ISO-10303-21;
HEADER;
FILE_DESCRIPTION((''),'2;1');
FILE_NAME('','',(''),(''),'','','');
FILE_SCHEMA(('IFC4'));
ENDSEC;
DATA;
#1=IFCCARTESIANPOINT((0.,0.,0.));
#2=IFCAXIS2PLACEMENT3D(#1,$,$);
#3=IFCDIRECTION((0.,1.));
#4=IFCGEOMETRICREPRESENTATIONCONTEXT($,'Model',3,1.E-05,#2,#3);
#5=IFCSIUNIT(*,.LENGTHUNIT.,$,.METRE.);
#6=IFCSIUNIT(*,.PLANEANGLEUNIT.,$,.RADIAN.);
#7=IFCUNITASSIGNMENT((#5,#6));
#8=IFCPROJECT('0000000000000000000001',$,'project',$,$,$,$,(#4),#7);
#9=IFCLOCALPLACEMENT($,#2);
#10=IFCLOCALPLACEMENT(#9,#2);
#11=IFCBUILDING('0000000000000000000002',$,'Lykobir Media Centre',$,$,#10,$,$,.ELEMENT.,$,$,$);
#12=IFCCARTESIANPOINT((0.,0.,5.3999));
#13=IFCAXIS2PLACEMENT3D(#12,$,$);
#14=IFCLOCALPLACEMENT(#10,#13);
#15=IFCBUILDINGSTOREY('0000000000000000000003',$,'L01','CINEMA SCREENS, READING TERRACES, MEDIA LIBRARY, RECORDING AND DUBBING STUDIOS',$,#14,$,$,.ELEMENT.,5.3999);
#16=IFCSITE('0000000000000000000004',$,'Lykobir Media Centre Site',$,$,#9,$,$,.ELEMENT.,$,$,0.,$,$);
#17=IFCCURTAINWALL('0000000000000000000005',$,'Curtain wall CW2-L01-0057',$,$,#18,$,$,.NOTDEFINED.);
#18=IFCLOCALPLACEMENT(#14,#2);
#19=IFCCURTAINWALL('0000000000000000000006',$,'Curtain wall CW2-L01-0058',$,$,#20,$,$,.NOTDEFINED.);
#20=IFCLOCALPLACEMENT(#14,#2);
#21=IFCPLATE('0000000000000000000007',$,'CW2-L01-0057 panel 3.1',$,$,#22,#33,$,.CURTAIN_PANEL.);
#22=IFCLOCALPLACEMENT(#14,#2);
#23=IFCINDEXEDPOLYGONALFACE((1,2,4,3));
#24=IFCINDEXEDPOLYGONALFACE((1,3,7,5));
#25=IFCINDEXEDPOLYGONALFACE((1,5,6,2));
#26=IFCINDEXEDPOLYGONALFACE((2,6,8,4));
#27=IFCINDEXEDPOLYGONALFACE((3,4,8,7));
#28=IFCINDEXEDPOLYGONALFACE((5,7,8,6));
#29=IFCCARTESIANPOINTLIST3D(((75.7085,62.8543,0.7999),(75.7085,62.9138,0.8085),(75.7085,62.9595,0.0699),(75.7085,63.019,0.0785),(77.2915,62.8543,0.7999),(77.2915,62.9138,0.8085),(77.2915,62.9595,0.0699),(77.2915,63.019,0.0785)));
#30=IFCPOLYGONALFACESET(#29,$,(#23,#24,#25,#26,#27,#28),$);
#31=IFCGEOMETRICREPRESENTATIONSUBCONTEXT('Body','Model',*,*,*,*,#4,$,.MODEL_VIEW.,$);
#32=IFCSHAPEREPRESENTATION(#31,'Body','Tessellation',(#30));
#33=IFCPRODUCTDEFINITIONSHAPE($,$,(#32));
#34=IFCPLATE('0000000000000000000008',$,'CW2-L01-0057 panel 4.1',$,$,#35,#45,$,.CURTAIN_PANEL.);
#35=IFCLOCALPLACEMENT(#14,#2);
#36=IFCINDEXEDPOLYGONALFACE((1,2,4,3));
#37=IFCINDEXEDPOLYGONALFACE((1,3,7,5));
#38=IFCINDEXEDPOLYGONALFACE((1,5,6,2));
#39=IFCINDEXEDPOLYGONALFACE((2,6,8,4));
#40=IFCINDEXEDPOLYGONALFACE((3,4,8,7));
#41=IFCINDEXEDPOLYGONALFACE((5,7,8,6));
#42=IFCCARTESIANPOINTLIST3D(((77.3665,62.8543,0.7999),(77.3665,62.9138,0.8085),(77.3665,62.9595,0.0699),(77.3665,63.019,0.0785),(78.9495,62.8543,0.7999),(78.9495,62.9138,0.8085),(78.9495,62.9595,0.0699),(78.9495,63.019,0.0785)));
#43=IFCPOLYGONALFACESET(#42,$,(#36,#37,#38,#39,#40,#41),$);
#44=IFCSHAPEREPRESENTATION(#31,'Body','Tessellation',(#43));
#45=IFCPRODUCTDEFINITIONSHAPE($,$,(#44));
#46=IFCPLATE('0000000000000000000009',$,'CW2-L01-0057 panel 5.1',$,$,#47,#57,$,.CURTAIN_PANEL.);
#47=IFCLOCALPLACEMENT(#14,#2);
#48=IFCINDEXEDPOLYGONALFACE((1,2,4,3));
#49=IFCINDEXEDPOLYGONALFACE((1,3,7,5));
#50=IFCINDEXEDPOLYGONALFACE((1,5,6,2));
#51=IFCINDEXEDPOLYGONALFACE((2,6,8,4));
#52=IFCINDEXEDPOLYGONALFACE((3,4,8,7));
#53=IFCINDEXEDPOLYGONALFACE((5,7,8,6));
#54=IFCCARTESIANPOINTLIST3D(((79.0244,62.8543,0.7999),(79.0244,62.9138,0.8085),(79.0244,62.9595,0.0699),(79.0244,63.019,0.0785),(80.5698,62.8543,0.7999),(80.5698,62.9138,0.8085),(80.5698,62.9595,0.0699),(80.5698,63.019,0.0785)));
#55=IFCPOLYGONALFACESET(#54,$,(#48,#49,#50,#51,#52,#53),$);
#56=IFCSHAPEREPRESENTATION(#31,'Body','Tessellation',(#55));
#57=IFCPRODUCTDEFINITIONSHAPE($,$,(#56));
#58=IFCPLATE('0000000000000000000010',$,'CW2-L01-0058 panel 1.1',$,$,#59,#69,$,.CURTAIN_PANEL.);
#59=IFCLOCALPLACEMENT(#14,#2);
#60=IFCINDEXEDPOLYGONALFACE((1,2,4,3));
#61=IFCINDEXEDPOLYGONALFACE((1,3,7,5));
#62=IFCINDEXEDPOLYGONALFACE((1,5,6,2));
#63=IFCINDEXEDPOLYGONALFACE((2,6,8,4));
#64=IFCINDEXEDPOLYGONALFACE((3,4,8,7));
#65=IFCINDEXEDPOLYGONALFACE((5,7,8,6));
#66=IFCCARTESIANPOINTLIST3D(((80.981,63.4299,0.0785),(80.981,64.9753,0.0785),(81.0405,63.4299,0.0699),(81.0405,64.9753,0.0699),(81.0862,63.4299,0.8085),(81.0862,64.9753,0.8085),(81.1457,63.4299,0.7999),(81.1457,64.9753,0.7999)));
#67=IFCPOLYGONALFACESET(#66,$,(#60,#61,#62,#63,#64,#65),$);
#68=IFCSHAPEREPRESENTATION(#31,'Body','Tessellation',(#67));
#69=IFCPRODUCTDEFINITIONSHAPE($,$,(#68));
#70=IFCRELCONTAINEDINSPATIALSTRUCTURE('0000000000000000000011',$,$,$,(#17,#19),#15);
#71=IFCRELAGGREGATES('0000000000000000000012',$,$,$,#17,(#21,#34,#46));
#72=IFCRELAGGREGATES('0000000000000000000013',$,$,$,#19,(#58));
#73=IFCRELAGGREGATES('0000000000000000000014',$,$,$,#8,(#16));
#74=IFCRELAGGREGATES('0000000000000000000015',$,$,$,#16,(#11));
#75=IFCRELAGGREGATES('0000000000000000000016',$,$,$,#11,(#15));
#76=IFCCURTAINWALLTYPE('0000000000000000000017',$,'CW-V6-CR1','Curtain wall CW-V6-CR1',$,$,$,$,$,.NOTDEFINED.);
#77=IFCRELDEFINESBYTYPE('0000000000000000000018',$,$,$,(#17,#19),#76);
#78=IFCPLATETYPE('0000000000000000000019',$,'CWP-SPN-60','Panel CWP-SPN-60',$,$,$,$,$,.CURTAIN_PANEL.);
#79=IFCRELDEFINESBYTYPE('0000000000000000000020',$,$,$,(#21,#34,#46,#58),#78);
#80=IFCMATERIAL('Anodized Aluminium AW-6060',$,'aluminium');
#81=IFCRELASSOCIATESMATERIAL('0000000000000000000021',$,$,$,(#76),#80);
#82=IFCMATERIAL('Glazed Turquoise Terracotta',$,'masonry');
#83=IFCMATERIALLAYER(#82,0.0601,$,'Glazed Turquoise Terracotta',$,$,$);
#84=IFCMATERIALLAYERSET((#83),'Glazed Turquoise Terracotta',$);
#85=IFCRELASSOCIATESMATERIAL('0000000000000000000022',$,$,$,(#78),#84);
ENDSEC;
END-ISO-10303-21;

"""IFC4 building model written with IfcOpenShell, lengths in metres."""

from ifc_helpers import new_model, si_unit, direction, frame, origin, origin_2d, place, context, subcontext, project, spatial, rectangle, extrude, material, layer, layer_set, type_object, element, aggregate, save


model = new_model("IFC4")

# Units and contexts
model_context = context("Model", 3, precision=1e-05, world=origin(), true_north=direction((0.0, 1.0)))
body_context = subcontext(model_context, "Body", "Model", "MODEL_VIEW")
ifc_project = project(units=[si_unit("LENGTHUNIT", "METRE"), si_unit("PLANEANGLEUNIT", "RADIAN")], contexts=[model_context])

# Site, building, storey
site_placement = place(None, origin())
site = spatial("IfcSite", under=ifc_project, at=site_placement, Name="Lykobir Media Centre Site", CompositionType="ELEMENT", RefElevation=0.0)
building_placement = place(site_placement, origin())
building = spatial("IfcBuilding", under=site, at=building_placement, Name="Lykobir Media Centre", CompositionType="ELEMENT")
storey_placement = place(building_placement, frame((0.0, 0.0, 5.3999)))
storey = spatial("IfcBuildingStorey", under=building, at=storey_placement, Name="L01", Description="CINEMA SCREENS, READING TERRACES, MEDIA LIBRARY, RECORDING AND DUBBING STUDIOS", CompositionType="ELEMENT", Elevation=5.3999)

# Curtain walls
ifc_material_1 = material(Name="Anodized Aluminium AW-6060", Category="aluminium")
curtain_wall_type = type_object("IfcCurtainWallType", Name="CW-V6-CR1", Description="Curtain wall CW-V6-CR1", PredefinedType="NOTDEFINED", material=ifc_material_1)
curtain_wall_1_placement = place(storey_placement, origin())
curtain_wall_1 = element("IfcCurtainWall", 1, at=curtain_wall_1_placement, inside=storey, type_object=curtain_wall_type, Name="Curtain wall CW2-L01-0057", PredefinedType="NOTDEFINED")
curtain_wall_2_placement = place(storey_placement, origin())
curtain_wall_2 = element("IfcCurtainWall", 2, at=curtain_wall_2_placement, inside=storey, type_object=curtain_wall_type, Name="Curtain wall CW2-L01-0058", PredefinedType="NOTDEFINED")

# Plates
ifc_material_2 = material(Name="Glazed Turquoise Terracotta", Category="masonry")
ifc_layer_1 = layer(ifc_material_2, 0.0601, Name="Glazed Turquoise Terracotta")
ifc_layer_set_1 = layer_set([ifc_layer_1], Name="Glazed Turquoise Terracotta")
plate_type_1 = type_object("IfcPlateType", Name="CWP-SPN-60", Description="Panel CWP-SPN-60", PredefinedType="CURTAIN_PANEL", material=ifc_layer_set_1)
plate_1_placement = place(storey_placement, frame((76.5, 62.9893, 0.0742), z_axis=(0.0, -0.142629, 0.989776), x_axis=(1.0, 0.0, 0.0)))
plate_1 = element("IfcPlate", 3, at=plate_1_placement, type_object=plate_type_1, Name="CW2-L01-0057 panel 3.1", PredefinedType="CURTAIN_PANEL", context=body_context, shape_type="SweptSolid", body=[
    extrude(rectangle(XDim=1.583, YDim=0.0601, at=origin_2d()), origin(), (0.0, 0.0, 1.0), 0.7375),
])
plate_2_placement = place(storey_placement, frame((78.158, 62.9893, 0.0742), z_axis=(0.0, -0.142629, 0.989776), x_axis=(1.0, 0.0, 0.0)))
plate_2 = element("IfcPlate", 4, at=plate_2_placement, type_object=plate_type_1, Name="CW2-L01-0057 panel 4.1", PredefinedType="CURTAIN_PANEL", context=body_context, shape_type="SweptSolid", body=[
    extrude(rectangle(XDim=1.583, YDim=0.0601, at=origin_2d()), origin(), (0.0, 0.0, 1.0), 0.7375),
])
plate_3_placement = place(storey_placement, frame((79.7971, 62.9893, 0.0742), z_axis=(0.0, -0.142629, 0.989776), x_axis=(1.0, 0.0, 0.0)))
plate_3 = element("IfcPlate", 5, at=plate_3_placement, type_object=plate_type_1, Name="CW2-L01-0057 panel 5.1", PredefinedType="CURTAIN_PANEL", context=body_context, shape_type="SweptSolid", body=[
    extrude(rectangle(XDim=1.5454, YDim=0.0601, at=origin_2d()), origin(), (0.0, 0.0, 1.0), 0.7375),
])
aggregate(curtain_wall_1, [plate_1, plate_2, plate_3])
plate_4_placement = place(storey_placement, frame((81.0107, 64.2026, 0.0742), z_axis=(0.142629, 0.0, 0.989776), x_axis=(0.0, 1.0, 0.0)))
plate_4 = element("IfcPlate", 6, at=plate_4_placement, type_object=plate_type_1, Name="CW2-L01-0058 panel 1.1", PredefinedType="CURTAIN_PANEL", context=body_context, shape_type="SweptSolid", body=[
    extrude(rectangle(XDim=1.5454, YDim=0.0601, at=origin_2d()), origin(), (0.0, 0.0, 1.0), 0.7375),
])
aggregate(curtain_wall_2, [plate_4])

save(model, "model.ifc")
